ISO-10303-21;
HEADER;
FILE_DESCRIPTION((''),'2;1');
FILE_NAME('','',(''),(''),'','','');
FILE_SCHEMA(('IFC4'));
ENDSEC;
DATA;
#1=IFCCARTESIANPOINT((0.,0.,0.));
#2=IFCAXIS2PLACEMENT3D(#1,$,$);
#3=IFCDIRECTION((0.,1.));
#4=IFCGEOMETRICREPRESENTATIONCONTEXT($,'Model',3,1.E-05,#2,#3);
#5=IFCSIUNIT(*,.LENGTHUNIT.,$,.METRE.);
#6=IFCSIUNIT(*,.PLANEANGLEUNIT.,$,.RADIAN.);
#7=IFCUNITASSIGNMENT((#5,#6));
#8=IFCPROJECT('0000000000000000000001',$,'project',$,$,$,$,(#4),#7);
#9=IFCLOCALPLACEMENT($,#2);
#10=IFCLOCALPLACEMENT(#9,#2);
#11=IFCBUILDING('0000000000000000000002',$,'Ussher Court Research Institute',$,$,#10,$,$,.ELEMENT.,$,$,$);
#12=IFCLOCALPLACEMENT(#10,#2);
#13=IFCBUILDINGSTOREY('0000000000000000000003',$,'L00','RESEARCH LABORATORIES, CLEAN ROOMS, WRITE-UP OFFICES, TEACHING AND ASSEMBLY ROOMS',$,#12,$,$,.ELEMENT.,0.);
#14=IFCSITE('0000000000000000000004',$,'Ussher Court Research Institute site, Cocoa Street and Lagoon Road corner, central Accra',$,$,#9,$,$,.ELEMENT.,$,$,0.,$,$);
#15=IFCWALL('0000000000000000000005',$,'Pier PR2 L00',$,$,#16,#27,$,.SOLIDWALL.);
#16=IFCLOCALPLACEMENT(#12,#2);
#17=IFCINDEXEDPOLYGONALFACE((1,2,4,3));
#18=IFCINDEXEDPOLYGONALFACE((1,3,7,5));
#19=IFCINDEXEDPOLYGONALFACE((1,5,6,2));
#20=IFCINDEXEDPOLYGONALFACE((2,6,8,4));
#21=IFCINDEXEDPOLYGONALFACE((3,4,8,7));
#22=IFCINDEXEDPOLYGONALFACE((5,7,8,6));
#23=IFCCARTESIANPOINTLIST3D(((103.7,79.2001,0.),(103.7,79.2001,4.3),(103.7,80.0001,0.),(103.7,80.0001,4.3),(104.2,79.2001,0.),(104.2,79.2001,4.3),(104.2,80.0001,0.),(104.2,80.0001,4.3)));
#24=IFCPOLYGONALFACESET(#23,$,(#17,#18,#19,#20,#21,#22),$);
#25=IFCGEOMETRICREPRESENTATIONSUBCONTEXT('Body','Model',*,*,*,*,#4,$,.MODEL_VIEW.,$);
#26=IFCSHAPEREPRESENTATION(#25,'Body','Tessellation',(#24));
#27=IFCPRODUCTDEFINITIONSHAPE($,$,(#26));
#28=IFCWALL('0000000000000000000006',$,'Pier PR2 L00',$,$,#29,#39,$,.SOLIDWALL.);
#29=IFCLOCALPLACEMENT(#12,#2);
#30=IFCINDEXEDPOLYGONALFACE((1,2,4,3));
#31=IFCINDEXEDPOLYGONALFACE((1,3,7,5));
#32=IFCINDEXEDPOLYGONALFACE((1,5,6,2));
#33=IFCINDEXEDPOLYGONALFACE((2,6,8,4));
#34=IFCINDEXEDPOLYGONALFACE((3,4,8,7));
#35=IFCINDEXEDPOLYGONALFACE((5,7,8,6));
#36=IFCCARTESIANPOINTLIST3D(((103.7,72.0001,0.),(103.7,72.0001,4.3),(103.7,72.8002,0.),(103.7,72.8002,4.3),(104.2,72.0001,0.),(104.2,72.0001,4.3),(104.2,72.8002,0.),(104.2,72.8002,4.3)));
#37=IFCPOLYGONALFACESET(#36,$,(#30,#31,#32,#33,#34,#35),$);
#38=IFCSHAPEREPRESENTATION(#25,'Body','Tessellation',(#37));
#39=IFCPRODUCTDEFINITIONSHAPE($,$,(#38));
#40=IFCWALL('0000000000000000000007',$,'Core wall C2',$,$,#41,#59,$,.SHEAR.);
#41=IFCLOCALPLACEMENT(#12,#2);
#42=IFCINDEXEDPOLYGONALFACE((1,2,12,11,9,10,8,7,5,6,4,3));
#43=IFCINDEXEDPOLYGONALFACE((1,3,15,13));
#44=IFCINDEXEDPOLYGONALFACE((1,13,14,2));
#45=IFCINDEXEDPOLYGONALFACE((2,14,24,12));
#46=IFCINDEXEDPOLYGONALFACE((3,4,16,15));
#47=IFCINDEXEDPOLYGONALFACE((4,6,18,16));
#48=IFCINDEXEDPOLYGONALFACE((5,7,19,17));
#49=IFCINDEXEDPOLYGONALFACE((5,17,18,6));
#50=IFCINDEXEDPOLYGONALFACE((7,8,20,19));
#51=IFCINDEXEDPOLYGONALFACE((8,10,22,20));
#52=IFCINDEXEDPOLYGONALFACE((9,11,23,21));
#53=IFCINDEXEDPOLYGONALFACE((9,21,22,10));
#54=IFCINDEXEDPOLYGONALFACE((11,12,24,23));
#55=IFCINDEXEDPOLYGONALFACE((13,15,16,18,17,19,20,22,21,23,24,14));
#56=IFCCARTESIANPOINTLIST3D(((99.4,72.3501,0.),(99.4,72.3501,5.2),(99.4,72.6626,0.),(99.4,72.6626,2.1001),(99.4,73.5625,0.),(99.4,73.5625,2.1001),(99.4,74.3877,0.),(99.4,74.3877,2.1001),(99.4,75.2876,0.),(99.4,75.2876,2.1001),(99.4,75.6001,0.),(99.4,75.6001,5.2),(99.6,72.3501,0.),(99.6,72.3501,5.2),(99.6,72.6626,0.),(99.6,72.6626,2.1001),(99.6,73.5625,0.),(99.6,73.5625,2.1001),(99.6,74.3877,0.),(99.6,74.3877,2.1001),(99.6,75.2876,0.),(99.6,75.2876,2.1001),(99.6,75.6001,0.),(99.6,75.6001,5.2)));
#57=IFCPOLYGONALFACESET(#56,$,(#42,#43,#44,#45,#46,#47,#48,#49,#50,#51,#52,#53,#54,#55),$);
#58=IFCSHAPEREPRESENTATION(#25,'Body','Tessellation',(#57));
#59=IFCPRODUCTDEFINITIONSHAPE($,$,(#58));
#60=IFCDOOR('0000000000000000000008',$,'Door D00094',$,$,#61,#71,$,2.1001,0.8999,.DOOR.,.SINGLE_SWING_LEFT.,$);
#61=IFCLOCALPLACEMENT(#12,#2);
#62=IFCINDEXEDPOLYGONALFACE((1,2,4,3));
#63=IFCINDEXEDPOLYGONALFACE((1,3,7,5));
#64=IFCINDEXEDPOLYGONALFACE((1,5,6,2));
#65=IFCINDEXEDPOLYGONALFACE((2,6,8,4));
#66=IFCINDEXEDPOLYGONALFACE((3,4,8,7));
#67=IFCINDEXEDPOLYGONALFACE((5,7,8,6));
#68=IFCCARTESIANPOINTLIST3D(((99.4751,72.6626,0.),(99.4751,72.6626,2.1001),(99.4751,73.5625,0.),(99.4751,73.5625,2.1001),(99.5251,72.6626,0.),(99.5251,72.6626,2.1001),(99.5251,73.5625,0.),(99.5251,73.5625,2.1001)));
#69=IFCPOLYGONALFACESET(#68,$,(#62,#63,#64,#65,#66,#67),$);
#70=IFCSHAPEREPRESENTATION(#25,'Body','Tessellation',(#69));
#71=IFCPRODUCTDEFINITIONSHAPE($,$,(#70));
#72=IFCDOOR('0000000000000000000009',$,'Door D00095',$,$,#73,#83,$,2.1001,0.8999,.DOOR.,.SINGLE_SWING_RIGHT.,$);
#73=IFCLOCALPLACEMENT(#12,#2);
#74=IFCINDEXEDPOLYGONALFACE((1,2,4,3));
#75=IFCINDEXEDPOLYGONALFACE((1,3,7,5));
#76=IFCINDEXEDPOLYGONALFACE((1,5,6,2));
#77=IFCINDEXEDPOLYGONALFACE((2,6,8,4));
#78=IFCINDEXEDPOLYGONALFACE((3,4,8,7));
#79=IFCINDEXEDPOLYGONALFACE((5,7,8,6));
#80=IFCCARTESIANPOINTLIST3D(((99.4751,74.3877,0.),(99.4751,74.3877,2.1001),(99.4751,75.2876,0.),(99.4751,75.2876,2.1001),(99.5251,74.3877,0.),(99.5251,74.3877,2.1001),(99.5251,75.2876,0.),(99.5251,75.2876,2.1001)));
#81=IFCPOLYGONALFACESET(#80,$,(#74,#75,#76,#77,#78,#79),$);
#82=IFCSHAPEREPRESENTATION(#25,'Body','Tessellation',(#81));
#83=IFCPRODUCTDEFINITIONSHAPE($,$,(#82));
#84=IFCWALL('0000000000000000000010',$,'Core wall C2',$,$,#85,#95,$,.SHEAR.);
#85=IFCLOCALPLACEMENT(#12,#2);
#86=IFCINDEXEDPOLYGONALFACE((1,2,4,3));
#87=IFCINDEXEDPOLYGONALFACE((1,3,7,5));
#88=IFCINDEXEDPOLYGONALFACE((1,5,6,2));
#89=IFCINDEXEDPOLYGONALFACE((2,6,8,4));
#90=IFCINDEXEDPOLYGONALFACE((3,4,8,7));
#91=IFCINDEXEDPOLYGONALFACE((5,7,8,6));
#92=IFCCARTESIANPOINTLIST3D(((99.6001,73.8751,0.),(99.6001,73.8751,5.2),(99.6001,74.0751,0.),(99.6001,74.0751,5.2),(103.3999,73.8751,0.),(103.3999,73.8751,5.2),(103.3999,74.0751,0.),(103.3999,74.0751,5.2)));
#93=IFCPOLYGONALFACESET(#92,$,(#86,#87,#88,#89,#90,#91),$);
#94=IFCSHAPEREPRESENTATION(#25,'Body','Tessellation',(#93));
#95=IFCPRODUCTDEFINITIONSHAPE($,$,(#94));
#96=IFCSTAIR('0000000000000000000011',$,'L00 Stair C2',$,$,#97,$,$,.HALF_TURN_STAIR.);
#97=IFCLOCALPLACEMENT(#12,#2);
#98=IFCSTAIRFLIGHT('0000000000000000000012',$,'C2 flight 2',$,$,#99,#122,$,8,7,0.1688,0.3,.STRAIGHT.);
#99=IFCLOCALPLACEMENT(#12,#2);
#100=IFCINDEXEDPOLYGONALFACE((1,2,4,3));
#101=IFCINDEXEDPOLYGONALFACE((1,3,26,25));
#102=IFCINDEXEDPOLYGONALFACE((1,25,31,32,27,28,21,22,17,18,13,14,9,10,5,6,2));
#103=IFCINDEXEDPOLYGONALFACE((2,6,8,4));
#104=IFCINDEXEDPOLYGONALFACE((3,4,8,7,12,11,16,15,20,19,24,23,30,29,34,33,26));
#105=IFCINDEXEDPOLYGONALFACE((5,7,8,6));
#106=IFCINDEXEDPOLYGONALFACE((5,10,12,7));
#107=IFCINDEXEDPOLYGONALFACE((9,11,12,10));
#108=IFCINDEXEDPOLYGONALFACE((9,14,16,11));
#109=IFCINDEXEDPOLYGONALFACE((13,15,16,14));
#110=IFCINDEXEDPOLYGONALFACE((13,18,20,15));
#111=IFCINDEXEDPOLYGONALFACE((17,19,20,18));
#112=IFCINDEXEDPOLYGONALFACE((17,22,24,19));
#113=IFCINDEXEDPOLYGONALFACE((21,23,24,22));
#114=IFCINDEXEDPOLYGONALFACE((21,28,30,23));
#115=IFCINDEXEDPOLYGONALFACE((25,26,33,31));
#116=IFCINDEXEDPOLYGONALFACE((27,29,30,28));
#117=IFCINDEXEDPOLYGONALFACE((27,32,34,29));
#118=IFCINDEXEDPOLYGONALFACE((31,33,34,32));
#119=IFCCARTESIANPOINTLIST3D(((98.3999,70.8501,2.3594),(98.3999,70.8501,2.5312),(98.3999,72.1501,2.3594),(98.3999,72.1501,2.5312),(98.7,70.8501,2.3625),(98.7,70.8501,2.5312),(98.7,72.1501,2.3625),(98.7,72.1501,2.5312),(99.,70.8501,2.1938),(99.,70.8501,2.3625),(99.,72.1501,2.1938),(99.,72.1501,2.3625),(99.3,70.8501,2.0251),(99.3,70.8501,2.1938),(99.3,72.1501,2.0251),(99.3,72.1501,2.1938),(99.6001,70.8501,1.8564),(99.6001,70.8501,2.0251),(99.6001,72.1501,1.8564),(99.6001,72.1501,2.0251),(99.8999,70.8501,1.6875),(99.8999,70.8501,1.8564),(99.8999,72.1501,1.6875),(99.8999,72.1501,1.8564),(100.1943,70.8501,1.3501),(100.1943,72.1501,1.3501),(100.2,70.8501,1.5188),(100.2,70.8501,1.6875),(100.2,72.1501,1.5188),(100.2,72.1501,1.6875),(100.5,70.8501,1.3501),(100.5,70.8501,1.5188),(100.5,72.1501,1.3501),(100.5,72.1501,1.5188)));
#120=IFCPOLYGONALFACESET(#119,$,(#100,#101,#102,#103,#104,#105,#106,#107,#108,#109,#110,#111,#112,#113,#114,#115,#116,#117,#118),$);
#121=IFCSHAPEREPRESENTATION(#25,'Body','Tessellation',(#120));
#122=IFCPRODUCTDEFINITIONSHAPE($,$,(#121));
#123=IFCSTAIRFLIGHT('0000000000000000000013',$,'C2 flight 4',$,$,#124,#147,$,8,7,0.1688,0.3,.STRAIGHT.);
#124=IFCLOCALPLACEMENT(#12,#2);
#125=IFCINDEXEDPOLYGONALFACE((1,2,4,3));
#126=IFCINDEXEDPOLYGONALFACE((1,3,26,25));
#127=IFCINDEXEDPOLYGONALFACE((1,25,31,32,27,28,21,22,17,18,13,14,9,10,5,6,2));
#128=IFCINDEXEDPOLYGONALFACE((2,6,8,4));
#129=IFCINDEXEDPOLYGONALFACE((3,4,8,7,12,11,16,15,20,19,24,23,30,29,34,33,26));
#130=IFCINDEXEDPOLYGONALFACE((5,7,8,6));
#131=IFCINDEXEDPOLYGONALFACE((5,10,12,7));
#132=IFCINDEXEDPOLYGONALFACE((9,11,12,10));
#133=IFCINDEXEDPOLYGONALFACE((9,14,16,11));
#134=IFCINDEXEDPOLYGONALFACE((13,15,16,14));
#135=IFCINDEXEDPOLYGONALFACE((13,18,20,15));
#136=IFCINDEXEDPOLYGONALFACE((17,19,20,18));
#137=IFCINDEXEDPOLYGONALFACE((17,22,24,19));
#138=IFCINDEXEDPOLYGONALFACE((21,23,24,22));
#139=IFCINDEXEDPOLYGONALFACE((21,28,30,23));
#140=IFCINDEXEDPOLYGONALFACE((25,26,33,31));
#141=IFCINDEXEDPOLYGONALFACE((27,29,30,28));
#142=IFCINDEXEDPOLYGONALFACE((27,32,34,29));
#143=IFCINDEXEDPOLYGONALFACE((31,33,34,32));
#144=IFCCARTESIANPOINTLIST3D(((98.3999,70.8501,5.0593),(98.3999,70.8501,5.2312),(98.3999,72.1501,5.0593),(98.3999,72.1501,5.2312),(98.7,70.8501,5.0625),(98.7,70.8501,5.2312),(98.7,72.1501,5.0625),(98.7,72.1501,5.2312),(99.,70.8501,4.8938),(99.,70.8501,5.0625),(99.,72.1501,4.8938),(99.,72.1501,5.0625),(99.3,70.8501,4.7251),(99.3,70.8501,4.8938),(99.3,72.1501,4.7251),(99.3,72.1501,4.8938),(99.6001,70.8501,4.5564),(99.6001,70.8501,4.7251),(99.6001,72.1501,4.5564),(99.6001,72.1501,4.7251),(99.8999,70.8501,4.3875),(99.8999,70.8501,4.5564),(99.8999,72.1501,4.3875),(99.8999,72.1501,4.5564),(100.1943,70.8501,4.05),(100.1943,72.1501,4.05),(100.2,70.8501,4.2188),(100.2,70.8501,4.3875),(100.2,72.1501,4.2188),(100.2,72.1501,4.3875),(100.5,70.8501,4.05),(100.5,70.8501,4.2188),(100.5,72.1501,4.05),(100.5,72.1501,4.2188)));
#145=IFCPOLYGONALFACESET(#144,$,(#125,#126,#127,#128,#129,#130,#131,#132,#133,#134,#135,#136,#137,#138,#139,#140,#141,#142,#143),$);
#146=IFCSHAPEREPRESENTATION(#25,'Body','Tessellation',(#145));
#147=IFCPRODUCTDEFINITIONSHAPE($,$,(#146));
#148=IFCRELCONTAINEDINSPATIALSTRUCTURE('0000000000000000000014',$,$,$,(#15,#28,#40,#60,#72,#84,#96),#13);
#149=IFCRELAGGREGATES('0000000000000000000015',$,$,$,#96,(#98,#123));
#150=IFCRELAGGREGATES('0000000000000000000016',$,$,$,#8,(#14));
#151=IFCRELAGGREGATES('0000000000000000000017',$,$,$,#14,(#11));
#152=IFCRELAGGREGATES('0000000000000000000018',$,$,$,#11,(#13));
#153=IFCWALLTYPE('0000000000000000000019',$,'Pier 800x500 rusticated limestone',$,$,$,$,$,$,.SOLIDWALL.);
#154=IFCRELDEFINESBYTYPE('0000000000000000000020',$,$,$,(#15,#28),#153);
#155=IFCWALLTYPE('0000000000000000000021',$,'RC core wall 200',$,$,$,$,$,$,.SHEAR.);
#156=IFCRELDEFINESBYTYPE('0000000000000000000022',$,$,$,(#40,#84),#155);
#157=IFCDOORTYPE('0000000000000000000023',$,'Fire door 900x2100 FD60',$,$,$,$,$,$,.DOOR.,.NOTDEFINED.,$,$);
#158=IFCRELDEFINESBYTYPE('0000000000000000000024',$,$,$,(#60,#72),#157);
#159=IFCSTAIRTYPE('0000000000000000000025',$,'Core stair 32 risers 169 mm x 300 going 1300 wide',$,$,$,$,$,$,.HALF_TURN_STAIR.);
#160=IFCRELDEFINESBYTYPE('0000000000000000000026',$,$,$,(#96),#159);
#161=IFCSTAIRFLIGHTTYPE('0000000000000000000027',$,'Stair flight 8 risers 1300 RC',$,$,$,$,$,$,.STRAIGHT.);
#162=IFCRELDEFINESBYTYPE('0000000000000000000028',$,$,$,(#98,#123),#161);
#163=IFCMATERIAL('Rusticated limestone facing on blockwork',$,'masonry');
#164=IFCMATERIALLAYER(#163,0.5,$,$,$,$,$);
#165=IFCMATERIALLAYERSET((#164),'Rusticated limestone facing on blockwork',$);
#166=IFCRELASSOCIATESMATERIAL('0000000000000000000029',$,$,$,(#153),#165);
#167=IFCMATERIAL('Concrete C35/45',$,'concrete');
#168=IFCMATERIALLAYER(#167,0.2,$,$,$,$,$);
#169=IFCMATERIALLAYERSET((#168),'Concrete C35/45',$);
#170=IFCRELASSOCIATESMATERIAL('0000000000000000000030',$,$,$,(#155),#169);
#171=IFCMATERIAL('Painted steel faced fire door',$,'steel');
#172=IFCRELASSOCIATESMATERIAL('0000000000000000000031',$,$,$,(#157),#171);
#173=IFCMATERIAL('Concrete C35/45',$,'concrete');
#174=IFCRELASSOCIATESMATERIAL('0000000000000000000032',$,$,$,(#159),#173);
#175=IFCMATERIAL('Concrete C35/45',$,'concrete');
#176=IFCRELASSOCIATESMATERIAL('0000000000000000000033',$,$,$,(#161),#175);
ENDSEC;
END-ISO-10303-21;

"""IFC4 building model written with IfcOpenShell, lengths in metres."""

from ifc_helpers import new_model, si_unit, direction, frame, frame_2d, origin, place, context, subcontext, project, spatial, polyline, rectangle, outline, extrude, material, layer, layer_set, type_object, element, fill, aggregate, save


model = new_model("IFC4")

# Units and contexts
model_context = context("Model", 3, precision=1e-05, world=origin(), true_north=direction((0.0, 1.0)))
body_context = subcontext(model_context, "Body", "Model", "MODEL_VIEW")
ifc_project = project(units=[si_unit("LENGTHUNIT", "METRE"), si_unit("PLANEANGLEUNIT", "RADIAN")], contexts=[model_context])

# Site, building, storey
site_placement = place(None, origin())
site = spatial("IfcSite", under=ifc_project, at=site_placement, Name="Ussher Court Research Institute site, Cocoa Street and Lagoon Road corner, central Accra", CompositionType="ELEMENT", RefElevation=0.0)
building_placement = place(site_placement, origin())
building = spatial("IfcBuilding", under=site, at=building_placement, Name="Ussher Court Research Institute", CompositionType="ELEMENT")
storey_placement = place(building_placement, origin())
storey = spatial("IfcBuildingStorey", under=building, at=storey_placement, Name="L00", Description="RESEARCH LABORATORIES, CLEAN ROOMS, WRITE-UP OFFICES, TEACHING AND ASSEMBLY ROOMS", CompositionType="ELEMENT", Elevation=0.0)

# Walls
ifc_material_1 = material(Name="Rusticated limestone facing on blockwork", Category="masonry")
ifc_layer_1 = layer(ifc_material_1, 0.5)
ifc_layer_set_1 = layer_set([ifc_layer_1], Name="Rusticated limestone facing on blockwork")
wall_type_1 = type_object("IfcWallType", Name="Pier 800x500 rusticated limestone", PredefinedType="SOLIDWALL", material=ifc_layer_set_1)
for number, where, z_axis, x_axis, name in (
    (1, (103.95, 80.0, 0.0), (0.0, 0.0, 1.0), (0.0, -1.0, 0.0), "Pier PR2 L00"),
    (2, (103.95, 72.8, 0.0), (0.0, 0.0, 1.0), (0.0, -1.0, 0.0), "Pier PR2 L00"),
):
    element("IfcWall", number, at=place(storey_placement, frame(where, z_axis=z_axis, x_axis=x_axis)), inside=storey, type_object=wall_type_1, Name=name, PredefinedType="SOLIDWALL", context=body_context, shape_type="SweptSolid", body=[
        extrude(rectangle(XDim=0.8, YDim=0.5, at=frame_2d((0.3999, 0.0))), origin(), (0.0, 0.0, 1.0), 4.3),
    ])

# Wall, openings, doors
ifc_material_2 = material(Name="Concrete C35/45", Category="concrete")
ifc_layer_2 = layer(ifc_material_2, 0.2)
ifc_layer_set_2 = layer_set([ifc_layer_2], Name="Concrete C35/45")
wall_type_2 = type_object("IfcWallType", Name="RC core wall 200", PredefinedType="SHEAR", material=ifc_layer_set_2)
wall_1_placement = place(storey_placement, frame((99.5, 72.3501, 0.0), z_axis=(0.0, 0.0, 1.0), x_axis=(0.0, 1.0, 0.0)))
wall_1 = element("IfcWall", 3, at=wall_1_placement, inside=storey, type_object=wall_type_2, Name="Core wall C2", PredefinedType="SHEAR", context=body_context, shape_type="SweptSolid", body=[
    extrude(rectangle(XDim=3.25, YDim=0.2, at=frame_2d((1.625, 0.0))), origin(), (0.0, 0.0, 1.0), 5.2),
])
opening_1_placement = place(wall_1_placement, frame((0.3125, 0.0, 0.0)))
opening_1 = element("IfcOpeningElement", 4, at=opening_1_placement, cuts=wall_1, PredefinedType="OPENING", context=body_context, shape_type="SweptSolid", body=[
    extrude(rectangle(XDim=0.8999, YDim=2.1001, at=frame_2d((0.45, 1.05))), frame((0.0, 0.1099, 0.0), z_axis=(0.0, -1.0, 0.0), x_axis=(1.0, 0.0, 0.0)), (0.0, 0.0, 1.0), 0.22),
])
opening_2_placement = place(wall_1_placement, frame((2.0376, 0.0, 0.0)))
opening_2 = element("IfcOpeningElement", 5, at=opening_2_placement, cuts=wall_1, PredefinedType="OPENING", context=body_context, shape_type="SweptSolid", body=[
    extrude(rectangle(XDim=0.8999, YDim=2.1001, at=frame_2d((0.45, 1.05))), frame((0.0, 0.1099, 0.0), z_axis=(0.0, -1.0, 0.0), x_axis=(1.0, 0.0, 0.0)), (0.0, 0.0, 1.0), 0.22),
])
ifc_material_3 = material(Name="Painted steel faced fire door", Category="steel")
door_type_1 = type_object("IfcDoorType", Name="Fire door 900x2100 FD60", OperationType="NOTDEFINED", PredefinedType="DOOR", material=ifc_material_3)
door_1_placement = place(opening_1_placement, origin())
door_1 = element("IfcDoor", 6, at=door_1_placement, inside=storey, type_object=door_type_1, Name="Door D00094", OperationType="SINGLE_SWING_LEFT", OverallHeight=2.1001, OverallWidth=0.8999, PredefinedType="DOOR", context=body_context, shape_type="SweptSolid", body=[
    extrude(rectangle(XDim=0.8999, YDim=2.1001, at=frame_2d((0.45, 1.05))), frame((0.0, 0.0249, 0.0), z_axis=(0.0, -1.0, 0.0), x_axis=(1.0, 0.0, 0.0)), (0.0, 0.0, 1.0), 0.05),
])
fill(opening_1, door_1)
door_2_placement = place(opening_2_placement, origin())
door_2 = element("IfcDoor", 7, at=door_2_placement, inside=storey, type_object=door_type_1, Name="Door D00095", OperationType="SINGLE_SWING_RIGHT", OverallHeight=2.1001, OverallWidth=0.8999, PredefinedType="DOOR", context=body_context, shape_type="SweptSolid", body=[
    extrude(rectangle(XDim=0.8999, YDim=2.1001, at=frame_2d((0.45, 1.05))), frame((0.0, 0.0249, 0.0), z_axis=(0.0, -1.0, 0.0), x_axis=(1.0, 0.0, 0.0)), (0.0, 0.0, 1.0), 0.05),
])
fill(opening_2, door_2)

# Wall
wall_2_placement = place(storey_placement, frame((99.6001, 73.9751, 0.0), z_axis=(0.0, 0.0, 1.0), x_axis=(1.0, 0.0, 0.0)))
element("IfcWall", 8, at=wall_2_placement, inside=storey, type_object=wall_type_2, Name="Core wall C2", PredefinedType="SHEAR", context=body_context, shape_type="SweptSolid", body=[
    extrude(rectangle(XDim=3.7998, YDim=0.2, at=frame_2d((1.8999, 0.0))), origin(), (0.0, 0.0, 1.0), 5.2),
])

# Stair, stair flights
ifc_material_4 = material(Name="Concrete C35/45", Category="concrete")
stair_type = type_object("IfcStairType", Name="Core stair 32 risers 169 mm x 300 going 1300 wide", PredefinedType="HALF_TURN_STAIR", material=ifc_material_4)
stair_placement = place(storey_placement, origin())
stair = element("IfcStair", 9, at=stair_placement, inside=storey, type_object=stair_type, Name="L00 Stair C2", PredefinedType="HALF_TURN_STAIR")
ifc_material_5 = material(Name="Concrete C35/45", Category="concrete")
stair_flight_type = type_object("IfcStairFlightType", Name="Stair flight 8 risers 1300 RC", PredefinedType="STRAIGHT", material=ifc_material_5)
stair_flight_1_placement = place(storey_placement, frame((100.5, 71.5, 1.3501), z_axis=(0.0, 0.0, 1.0), x_axis=(-1.0, 0.0, 0.0)))
stair_flight_1 = element("IfcStairFlight", 10, at=stair_flight_1_placement, type_object=stair_flight_type, Name="C2 flight 2", NumberOfRisers=8, NumberOfTreads=7, PredefinedType="STRAIGHT", RiserHeight=0.1688, TreadLength=0.3, context=body_context, shape_type="SweptSolid", body=[
    extrude(outline(polyline([(0.0, 0.0), (0.0, 0.1687), (0.3, 0.1687), (0.3, 0.3374), (0.6001, 0.3374), (0.6001, 0.5063), (0.8999, 0.5063), (0.8999, 0.675), (1.2, 0.675), (1.2, 0.8438), (1.5, 0.8438), (1.5, 1.0125), (1.8, 1.0125), (1.8, 1.1812), (2.1001, 1.1812), (2.1001, 1.3501), (2.1001, 1.0093), (0.3057, 0.0), (0.0, 0.0)])), frame((0.0, 0.6499, 0.0), z_axis=(0.0, -1.0, 0.0), x_axis=(1.0, 0.0, 0.0)), (0.0, 0.0, 1.0), 1.3),
])
stair_flight_2_placement = place(storey_placement, frame((100.5, 71.5, 4.05), z_axis=(0.0, 0.0, 1.0), x_axis=(-1.0, 0.0, 0.0)))
stair_flight_2 = element("IfcStairFlight", 11, at=stair_flight_2_placement, type_object=stair_flight_type, Name="C2 flight 4", NumberOfRisers=8, NumberOfTreads=7, PredefinedType="STRAIGHT", RiserHeight=0.1688, TreadLength=0.3, context=body_context, shape_type="SweptSolid", body=[
    extrude(outline(polyline([(0.0, 0.0), (0.0, 0.1687), (0.3, 0.1687), (0.3, 0.3374), (0.6001, 0.3374), (0.6001, 0.5063), (0.8999, 0.5063), (0.8999, 0.675), (1.2, 0.675), (1.2, 0.8438), (1.5, 0.8438), (1.5, 1.0125), (1.8, 1.0125), (1.8, 1.1812), (2.1001, 1.1812), (2.1001, 1.3501), (2.1001, 1.0093), (0.3057, 0.0), (0.0, 0.0)])), frame((0.0, 0.6499, 0.0), z_axis=(0.0, -1.0, 0.0), x_axis=(1.0, 0.0, 0.0)), (0.0, 0.0, 1.0), 1.3),
])
aggregate(stair, [stair_flight_1, stair_flight_2])

save(model, "model.ifc")
